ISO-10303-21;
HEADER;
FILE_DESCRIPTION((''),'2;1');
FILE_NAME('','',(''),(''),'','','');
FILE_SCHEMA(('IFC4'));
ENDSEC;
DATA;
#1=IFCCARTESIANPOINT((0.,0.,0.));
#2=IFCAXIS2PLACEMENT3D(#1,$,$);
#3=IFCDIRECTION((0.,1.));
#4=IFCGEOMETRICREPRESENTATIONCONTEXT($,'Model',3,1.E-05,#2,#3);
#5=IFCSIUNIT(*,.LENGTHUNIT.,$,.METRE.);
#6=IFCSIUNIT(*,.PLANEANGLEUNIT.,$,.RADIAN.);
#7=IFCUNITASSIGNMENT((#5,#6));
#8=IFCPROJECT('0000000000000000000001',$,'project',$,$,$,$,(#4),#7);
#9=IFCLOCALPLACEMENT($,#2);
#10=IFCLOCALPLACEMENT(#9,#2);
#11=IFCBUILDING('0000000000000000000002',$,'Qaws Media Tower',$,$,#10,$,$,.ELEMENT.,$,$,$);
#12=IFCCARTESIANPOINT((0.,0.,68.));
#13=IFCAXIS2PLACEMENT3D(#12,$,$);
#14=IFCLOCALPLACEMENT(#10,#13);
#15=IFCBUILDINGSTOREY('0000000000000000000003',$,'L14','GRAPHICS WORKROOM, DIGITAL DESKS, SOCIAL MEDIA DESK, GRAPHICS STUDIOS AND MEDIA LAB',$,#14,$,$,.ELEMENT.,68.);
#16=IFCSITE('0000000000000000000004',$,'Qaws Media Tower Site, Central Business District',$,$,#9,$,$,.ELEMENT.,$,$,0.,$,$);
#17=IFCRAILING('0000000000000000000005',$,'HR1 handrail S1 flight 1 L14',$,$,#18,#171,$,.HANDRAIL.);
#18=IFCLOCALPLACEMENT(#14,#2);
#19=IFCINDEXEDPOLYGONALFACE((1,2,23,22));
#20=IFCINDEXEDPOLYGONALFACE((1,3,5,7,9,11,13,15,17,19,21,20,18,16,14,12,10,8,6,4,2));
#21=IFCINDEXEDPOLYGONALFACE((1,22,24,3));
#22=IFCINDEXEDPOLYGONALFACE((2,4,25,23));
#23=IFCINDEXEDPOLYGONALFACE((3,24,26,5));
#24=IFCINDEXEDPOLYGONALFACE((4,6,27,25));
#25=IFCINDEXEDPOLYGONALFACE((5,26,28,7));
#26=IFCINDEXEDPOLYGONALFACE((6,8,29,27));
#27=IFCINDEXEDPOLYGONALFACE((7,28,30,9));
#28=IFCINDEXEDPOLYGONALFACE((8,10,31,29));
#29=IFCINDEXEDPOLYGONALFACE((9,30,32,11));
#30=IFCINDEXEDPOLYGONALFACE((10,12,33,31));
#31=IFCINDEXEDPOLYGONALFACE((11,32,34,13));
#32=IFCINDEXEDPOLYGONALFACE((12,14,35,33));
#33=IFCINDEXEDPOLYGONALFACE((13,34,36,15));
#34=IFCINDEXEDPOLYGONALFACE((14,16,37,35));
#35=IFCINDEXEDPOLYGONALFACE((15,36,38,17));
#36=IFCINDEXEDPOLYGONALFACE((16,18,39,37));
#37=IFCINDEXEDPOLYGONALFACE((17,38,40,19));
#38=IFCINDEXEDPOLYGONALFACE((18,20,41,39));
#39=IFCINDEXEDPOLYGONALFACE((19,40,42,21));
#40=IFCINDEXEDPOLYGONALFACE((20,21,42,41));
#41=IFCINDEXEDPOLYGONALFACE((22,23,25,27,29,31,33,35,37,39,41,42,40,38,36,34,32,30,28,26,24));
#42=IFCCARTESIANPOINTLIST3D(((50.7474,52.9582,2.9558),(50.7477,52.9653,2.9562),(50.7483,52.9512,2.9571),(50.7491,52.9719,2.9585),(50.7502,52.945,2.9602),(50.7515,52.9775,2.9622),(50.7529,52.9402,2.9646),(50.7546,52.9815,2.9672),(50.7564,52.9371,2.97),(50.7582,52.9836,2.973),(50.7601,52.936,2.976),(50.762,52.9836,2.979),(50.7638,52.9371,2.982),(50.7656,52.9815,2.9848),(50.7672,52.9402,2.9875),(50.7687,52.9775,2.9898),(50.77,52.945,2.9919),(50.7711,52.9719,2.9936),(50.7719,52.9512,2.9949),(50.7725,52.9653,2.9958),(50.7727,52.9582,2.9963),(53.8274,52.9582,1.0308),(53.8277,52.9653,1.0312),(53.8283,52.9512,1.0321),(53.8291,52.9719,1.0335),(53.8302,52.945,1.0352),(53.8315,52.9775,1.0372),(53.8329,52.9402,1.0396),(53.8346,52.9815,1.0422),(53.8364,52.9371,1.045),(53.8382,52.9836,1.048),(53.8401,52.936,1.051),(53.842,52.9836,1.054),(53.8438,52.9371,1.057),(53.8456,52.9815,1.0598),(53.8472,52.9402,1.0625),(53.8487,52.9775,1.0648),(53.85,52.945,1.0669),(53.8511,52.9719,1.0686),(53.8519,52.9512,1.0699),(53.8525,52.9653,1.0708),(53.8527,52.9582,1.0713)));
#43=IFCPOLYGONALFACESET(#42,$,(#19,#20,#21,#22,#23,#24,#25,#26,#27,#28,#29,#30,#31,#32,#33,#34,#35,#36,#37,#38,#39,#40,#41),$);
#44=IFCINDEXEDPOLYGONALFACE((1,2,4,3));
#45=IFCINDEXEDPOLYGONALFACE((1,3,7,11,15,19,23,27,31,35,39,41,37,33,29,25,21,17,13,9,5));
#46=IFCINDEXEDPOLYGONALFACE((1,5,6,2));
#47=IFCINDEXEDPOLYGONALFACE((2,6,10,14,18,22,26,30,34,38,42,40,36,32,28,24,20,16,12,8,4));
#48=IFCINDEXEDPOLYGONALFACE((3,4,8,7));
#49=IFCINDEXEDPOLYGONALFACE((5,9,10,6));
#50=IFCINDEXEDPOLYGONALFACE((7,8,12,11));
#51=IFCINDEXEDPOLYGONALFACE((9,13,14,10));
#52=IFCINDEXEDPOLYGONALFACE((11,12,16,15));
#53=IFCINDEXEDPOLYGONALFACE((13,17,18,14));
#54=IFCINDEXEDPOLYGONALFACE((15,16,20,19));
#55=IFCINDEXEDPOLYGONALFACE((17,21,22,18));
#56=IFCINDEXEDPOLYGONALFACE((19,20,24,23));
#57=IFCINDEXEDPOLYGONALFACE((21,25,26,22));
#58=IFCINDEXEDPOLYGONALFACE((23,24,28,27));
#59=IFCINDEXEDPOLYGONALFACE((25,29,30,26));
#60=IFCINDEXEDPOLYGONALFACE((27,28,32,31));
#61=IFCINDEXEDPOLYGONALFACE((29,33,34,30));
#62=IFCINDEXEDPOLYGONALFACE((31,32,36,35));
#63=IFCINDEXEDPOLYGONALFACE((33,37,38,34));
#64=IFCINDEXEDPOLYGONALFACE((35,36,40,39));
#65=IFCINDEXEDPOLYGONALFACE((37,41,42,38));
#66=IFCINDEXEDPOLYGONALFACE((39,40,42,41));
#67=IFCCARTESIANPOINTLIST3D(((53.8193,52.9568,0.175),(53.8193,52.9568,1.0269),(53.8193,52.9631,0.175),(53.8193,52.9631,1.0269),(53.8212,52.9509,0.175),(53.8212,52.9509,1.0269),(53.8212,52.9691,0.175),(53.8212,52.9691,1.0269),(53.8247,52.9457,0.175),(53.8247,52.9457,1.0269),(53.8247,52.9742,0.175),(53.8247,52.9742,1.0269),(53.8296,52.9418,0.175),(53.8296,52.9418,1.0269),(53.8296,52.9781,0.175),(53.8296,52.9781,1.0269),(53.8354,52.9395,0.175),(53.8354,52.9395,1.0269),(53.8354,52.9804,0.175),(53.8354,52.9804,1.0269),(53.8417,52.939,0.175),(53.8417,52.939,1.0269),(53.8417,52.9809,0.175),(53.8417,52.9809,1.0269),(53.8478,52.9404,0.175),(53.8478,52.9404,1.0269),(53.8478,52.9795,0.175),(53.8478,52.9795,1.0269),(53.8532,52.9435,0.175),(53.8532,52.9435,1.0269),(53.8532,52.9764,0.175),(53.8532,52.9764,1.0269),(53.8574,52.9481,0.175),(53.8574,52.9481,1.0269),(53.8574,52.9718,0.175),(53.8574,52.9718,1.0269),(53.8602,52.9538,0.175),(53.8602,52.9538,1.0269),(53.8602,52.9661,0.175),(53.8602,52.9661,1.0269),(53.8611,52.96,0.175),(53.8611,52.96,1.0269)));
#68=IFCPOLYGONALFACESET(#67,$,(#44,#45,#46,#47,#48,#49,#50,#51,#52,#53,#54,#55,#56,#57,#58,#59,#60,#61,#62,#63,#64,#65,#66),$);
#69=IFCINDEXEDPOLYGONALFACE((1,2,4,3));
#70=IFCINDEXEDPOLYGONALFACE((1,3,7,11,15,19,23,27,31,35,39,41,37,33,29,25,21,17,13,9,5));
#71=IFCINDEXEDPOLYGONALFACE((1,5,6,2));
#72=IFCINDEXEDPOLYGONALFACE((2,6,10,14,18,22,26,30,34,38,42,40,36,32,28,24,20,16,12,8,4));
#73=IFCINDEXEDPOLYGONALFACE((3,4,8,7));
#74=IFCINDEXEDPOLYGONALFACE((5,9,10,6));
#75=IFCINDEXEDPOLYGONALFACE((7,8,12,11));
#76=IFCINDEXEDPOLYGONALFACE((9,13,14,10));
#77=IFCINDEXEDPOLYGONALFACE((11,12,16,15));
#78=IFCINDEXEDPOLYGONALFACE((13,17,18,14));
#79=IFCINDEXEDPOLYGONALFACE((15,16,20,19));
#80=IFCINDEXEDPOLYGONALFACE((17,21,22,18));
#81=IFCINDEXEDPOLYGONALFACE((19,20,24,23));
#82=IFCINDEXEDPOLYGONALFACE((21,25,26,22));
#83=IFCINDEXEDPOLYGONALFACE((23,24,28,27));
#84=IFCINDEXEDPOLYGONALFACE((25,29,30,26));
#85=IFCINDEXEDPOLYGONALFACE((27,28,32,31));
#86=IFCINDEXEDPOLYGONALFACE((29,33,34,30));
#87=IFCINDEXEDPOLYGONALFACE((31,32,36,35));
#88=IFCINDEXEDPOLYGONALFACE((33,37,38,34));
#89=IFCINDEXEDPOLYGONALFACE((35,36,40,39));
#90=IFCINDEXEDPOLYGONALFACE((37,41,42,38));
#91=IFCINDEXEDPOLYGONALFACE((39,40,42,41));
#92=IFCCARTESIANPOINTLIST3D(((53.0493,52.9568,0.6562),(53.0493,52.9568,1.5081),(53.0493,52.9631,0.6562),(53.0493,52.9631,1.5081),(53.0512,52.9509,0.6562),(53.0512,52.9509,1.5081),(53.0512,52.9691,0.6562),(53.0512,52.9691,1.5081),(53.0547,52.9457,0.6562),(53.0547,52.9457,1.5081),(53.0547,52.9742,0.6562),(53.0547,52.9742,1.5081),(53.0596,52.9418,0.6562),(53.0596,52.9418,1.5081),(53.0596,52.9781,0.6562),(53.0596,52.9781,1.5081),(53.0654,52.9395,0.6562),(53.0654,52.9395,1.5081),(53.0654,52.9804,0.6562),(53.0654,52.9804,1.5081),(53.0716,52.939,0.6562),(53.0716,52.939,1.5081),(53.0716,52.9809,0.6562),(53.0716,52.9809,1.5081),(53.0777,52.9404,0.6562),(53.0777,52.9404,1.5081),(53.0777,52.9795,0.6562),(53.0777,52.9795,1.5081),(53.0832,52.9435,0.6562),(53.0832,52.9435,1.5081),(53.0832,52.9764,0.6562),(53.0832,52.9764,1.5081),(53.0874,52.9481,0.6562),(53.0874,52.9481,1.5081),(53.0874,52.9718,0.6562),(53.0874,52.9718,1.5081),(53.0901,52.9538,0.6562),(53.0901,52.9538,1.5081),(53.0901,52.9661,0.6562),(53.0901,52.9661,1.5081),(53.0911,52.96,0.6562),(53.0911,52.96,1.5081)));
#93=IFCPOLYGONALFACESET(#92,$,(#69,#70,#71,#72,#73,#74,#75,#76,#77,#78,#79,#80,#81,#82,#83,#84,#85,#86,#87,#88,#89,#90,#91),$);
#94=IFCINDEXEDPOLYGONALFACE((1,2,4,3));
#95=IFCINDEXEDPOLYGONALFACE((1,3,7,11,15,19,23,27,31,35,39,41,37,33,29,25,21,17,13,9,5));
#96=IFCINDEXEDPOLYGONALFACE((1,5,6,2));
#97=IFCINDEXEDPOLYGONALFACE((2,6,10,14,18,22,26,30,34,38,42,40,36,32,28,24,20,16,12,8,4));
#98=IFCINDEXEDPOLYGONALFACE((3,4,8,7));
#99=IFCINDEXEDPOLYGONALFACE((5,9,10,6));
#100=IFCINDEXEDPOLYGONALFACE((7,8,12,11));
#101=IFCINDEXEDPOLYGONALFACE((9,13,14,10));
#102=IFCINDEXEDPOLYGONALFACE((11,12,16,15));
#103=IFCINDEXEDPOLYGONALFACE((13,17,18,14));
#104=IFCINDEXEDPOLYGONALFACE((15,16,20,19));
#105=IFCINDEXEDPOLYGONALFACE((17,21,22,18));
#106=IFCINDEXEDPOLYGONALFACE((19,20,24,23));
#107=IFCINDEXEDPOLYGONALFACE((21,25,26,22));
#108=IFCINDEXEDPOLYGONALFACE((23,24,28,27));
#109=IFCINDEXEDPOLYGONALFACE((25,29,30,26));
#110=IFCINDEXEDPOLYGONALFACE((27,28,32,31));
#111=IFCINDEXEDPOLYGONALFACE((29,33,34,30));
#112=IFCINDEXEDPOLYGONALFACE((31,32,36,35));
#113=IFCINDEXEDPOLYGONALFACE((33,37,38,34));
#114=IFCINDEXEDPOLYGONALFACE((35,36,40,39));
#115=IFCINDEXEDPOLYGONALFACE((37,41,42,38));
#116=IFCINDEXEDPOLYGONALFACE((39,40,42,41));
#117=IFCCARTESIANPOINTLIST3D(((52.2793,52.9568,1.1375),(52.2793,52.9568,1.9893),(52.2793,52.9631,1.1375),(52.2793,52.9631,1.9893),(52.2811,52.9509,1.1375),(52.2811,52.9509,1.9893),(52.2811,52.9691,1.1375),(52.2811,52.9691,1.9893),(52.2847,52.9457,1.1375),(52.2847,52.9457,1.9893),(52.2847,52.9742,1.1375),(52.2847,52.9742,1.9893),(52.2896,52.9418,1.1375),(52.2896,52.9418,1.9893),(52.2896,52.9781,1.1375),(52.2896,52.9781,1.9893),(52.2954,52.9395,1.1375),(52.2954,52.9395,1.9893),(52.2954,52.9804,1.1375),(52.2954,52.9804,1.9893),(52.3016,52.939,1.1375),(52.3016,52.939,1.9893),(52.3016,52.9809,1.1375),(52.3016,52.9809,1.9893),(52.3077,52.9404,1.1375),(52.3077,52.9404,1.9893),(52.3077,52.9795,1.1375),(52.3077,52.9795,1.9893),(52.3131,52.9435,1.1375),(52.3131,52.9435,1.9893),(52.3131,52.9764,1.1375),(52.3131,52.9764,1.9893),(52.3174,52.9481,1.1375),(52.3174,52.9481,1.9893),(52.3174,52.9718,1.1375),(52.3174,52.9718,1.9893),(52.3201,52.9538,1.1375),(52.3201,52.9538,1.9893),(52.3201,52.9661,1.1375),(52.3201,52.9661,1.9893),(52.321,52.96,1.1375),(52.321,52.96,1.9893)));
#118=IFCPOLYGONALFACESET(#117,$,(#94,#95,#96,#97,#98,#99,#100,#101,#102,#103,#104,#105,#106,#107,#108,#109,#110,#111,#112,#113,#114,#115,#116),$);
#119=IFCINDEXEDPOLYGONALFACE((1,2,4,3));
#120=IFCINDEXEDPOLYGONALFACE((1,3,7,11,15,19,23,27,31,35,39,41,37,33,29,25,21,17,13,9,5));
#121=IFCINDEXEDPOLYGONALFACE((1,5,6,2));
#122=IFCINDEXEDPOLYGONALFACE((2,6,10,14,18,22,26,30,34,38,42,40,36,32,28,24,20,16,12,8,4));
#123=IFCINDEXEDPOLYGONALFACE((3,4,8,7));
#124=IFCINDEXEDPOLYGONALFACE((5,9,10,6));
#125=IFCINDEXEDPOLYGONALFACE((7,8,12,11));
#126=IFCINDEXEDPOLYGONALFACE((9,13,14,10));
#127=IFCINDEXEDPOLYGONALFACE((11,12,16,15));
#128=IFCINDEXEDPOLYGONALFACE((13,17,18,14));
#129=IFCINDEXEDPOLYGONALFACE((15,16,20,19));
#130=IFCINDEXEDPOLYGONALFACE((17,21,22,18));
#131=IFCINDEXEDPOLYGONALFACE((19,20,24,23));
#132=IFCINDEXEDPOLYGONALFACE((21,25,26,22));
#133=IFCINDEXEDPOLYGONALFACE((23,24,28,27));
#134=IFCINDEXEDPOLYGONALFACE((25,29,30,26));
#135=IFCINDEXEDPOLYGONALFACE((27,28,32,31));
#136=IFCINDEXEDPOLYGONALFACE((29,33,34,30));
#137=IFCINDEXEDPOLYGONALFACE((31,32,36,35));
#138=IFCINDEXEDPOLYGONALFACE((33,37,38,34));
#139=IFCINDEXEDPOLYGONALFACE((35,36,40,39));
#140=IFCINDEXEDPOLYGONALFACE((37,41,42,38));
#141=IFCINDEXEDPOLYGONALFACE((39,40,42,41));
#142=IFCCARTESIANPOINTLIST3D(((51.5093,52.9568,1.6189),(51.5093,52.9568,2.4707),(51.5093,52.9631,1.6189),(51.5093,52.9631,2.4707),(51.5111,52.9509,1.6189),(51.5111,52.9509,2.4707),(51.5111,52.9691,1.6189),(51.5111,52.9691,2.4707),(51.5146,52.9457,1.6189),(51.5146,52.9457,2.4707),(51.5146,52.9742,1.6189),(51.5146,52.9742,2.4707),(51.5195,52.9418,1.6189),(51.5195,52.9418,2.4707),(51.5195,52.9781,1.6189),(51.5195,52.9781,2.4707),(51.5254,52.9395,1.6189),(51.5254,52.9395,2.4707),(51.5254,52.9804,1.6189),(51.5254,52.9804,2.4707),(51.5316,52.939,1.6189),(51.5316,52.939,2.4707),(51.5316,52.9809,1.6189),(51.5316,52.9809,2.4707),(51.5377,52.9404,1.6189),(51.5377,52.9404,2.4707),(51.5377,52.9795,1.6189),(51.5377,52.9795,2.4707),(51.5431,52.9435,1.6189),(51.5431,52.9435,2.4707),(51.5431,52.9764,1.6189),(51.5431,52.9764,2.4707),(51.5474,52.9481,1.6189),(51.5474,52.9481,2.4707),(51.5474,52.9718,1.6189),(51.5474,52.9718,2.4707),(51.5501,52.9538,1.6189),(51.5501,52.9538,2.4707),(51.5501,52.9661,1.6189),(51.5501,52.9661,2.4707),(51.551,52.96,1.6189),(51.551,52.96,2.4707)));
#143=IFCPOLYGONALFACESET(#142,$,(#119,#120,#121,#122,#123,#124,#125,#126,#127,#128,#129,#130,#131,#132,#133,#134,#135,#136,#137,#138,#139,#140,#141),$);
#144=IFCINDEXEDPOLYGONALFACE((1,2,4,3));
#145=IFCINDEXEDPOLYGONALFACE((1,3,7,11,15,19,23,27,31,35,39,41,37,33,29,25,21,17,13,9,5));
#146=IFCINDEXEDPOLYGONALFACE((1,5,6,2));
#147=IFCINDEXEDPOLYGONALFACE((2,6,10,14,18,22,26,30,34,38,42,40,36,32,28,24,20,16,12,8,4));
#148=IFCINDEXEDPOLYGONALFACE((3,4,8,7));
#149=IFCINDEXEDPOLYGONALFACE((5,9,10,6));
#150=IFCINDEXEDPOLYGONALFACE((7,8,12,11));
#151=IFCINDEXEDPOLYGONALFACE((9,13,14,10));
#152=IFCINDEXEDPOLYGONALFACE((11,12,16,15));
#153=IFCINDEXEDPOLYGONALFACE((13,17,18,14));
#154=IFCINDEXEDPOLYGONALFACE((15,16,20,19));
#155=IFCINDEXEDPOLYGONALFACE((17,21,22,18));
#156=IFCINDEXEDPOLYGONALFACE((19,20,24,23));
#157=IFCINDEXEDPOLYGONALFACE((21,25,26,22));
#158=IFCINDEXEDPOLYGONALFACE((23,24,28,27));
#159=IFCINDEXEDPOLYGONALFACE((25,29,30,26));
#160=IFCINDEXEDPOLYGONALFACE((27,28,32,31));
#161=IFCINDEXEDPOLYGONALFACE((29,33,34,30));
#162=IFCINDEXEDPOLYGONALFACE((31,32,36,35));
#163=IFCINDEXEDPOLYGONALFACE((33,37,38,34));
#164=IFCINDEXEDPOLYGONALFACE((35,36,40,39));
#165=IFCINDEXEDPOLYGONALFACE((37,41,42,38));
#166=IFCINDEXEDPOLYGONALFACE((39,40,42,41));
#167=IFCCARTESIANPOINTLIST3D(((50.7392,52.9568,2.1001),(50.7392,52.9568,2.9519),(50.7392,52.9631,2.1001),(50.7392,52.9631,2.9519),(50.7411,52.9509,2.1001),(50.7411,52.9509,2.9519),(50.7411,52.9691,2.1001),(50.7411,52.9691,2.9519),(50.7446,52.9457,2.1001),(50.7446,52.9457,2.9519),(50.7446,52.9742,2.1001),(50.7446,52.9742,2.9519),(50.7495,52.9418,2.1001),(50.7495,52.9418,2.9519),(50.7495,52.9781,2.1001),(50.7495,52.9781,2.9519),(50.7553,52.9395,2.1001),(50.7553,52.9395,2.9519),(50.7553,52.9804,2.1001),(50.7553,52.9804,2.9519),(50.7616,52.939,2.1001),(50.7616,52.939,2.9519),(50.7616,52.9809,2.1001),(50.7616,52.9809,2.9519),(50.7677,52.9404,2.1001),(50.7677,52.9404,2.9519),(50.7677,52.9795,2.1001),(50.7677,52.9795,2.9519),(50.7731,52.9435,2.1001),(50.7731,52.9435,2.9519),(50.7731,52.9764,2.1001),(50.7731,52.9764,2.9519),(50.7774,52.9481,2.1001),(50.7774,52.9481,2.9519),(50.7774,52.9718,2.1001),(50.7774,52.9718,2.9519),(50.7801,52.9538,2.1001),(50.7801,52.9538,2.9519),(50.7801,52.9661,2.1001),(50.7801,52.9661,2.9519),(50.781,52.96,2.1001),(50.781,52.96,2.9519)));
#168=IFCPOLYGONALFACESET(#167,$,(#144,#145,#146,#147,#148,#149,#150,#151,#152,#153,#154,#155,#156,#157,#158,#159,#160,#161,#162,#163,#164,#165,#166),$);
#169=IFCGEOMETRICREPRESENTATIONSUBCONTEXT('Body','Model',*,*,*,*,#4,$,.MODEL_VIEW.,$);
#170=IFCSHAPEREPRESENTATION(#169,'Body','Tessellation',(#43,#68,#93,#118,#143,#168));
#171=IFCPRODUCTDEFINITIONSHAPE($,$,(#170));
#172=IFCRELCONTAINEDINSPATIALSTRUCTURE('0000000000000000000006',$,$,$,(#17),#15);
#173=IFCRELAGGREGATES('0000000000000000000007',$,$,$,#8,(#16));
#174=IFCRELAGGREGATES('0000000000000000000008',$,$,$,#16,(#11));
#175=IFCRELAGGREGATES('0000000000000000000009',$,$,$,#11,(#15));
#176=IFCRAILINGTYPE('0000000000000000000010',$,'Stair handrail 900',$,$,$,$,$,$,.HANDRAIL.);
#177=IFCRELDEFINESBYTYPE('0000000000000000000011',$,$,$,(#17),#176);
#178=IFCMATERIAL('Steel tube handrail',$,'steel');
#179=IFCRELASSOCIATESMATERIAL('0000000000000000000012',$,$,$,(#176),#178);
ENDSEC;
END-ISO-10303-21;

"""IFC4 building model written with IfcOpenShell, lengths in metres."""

from ifc_helpers import new_model, si_unit, direction, frame, origin, origin_2d, place, context, subcontext, project, spatial, circle, extrude, material, type_object, element, save


model = new_model("IFC4")

# Units and contexts
model_context = context("Model", 3, precision=1e-05, world=origin(), true_north=direction((0.0, 1.0)))
body_context = subcontext(model_context, "Body", "Model", "MODEL_VIEW")
ifc_project = project(units=[si_unit("LENGTHUNIT", "METRE"), si_unit("PLANEANGLEUNIT", "RADIAN")], contexts=[model_context])

# Site, building, storey
site_placement = place(None, origin())
site = spatial("IfcSite", under=ifc_project, at=site_placement, Name="Qaws Media Tower Site, Central Business District", CompositionType="ELEMENT", RefElevation=0.0)
building_placement = place(site_placement, origin())
building = spatial("IfcBuilding", under=site, at=building_placement, Name="Qaws Media Tower", CompositionType="ELEMENT")
storey_placement = place(building_placement, frame((0.0, 0.0, 68.0)))
storey = spatial("IfcBuildingStorey", under=building, at=storey_placement, Name="L14", Description="GRAPHICS WORKROOM, DIGITAL DESKS, SOCIAL MEDIA DESK, GRAPHICS STUDIOS AND MEDIA LAB", CompositionType="ELEMENT", Elevation=68.0)

# Railing
ifc_material_1 = material(Name="Steel tube handrail", Category="steel")
railing_type = type_object("IfcRailingType", Name="Stair handrail 900", PredefinedType="HANDRAIL", material=ifc_material_1)
for number, where, name in (
    (1, (53.8401, 52.96, 0.175), "HR1 handrail S1 flight 1 L14"),
):
    element("IfcRailing", number, at=place(storey_placement, frame(where)), inside=storey, type_object=railing_type, Name=name, PredefinedType="HANDRAIL", context=body_context, shape_type="SweptSolid", body=[
        extrude(circle(Radius=0.0239, at=origin_2d()), frame((0.0, 0.0, 0.876), z_axis=(-0.847998, 0.0, 0.529999), x_axis=(0.0, -1.0, 0.0)), (0.0, 0.0, 1.0), 3.6321),
        extrude(circle(Radius=0.021, at=origin_2d()), origin(), (0.0, 0.0, 1.0), 0.8518),
        extrude(circle(Radius=0.021, at=origin_2d()), frame((-0.77, 0.0, 0.4812)), (0.0, 0.0, 1.0), 0.8518),
        extrude(circle(Radius=0.021, at=origin_2d()), frame((-1.54, 0.0, 0.9624)), (0.0, 0.0, 1.0), 0.8518),
        extrude(circle(Radius=0.021, at=origin_2d()), frame((-2.3101, 0.0, 1.4438)), (0.0, 0.0, 1.0), 0.8518),
        extrude(circle(Radius=0.021, at=origin_2d()), frame((-3.0801, 0.0, 1.925)), (0.0, 0.0, 1.0), 0.8518),
    ])

save(model, "model.ifc")
